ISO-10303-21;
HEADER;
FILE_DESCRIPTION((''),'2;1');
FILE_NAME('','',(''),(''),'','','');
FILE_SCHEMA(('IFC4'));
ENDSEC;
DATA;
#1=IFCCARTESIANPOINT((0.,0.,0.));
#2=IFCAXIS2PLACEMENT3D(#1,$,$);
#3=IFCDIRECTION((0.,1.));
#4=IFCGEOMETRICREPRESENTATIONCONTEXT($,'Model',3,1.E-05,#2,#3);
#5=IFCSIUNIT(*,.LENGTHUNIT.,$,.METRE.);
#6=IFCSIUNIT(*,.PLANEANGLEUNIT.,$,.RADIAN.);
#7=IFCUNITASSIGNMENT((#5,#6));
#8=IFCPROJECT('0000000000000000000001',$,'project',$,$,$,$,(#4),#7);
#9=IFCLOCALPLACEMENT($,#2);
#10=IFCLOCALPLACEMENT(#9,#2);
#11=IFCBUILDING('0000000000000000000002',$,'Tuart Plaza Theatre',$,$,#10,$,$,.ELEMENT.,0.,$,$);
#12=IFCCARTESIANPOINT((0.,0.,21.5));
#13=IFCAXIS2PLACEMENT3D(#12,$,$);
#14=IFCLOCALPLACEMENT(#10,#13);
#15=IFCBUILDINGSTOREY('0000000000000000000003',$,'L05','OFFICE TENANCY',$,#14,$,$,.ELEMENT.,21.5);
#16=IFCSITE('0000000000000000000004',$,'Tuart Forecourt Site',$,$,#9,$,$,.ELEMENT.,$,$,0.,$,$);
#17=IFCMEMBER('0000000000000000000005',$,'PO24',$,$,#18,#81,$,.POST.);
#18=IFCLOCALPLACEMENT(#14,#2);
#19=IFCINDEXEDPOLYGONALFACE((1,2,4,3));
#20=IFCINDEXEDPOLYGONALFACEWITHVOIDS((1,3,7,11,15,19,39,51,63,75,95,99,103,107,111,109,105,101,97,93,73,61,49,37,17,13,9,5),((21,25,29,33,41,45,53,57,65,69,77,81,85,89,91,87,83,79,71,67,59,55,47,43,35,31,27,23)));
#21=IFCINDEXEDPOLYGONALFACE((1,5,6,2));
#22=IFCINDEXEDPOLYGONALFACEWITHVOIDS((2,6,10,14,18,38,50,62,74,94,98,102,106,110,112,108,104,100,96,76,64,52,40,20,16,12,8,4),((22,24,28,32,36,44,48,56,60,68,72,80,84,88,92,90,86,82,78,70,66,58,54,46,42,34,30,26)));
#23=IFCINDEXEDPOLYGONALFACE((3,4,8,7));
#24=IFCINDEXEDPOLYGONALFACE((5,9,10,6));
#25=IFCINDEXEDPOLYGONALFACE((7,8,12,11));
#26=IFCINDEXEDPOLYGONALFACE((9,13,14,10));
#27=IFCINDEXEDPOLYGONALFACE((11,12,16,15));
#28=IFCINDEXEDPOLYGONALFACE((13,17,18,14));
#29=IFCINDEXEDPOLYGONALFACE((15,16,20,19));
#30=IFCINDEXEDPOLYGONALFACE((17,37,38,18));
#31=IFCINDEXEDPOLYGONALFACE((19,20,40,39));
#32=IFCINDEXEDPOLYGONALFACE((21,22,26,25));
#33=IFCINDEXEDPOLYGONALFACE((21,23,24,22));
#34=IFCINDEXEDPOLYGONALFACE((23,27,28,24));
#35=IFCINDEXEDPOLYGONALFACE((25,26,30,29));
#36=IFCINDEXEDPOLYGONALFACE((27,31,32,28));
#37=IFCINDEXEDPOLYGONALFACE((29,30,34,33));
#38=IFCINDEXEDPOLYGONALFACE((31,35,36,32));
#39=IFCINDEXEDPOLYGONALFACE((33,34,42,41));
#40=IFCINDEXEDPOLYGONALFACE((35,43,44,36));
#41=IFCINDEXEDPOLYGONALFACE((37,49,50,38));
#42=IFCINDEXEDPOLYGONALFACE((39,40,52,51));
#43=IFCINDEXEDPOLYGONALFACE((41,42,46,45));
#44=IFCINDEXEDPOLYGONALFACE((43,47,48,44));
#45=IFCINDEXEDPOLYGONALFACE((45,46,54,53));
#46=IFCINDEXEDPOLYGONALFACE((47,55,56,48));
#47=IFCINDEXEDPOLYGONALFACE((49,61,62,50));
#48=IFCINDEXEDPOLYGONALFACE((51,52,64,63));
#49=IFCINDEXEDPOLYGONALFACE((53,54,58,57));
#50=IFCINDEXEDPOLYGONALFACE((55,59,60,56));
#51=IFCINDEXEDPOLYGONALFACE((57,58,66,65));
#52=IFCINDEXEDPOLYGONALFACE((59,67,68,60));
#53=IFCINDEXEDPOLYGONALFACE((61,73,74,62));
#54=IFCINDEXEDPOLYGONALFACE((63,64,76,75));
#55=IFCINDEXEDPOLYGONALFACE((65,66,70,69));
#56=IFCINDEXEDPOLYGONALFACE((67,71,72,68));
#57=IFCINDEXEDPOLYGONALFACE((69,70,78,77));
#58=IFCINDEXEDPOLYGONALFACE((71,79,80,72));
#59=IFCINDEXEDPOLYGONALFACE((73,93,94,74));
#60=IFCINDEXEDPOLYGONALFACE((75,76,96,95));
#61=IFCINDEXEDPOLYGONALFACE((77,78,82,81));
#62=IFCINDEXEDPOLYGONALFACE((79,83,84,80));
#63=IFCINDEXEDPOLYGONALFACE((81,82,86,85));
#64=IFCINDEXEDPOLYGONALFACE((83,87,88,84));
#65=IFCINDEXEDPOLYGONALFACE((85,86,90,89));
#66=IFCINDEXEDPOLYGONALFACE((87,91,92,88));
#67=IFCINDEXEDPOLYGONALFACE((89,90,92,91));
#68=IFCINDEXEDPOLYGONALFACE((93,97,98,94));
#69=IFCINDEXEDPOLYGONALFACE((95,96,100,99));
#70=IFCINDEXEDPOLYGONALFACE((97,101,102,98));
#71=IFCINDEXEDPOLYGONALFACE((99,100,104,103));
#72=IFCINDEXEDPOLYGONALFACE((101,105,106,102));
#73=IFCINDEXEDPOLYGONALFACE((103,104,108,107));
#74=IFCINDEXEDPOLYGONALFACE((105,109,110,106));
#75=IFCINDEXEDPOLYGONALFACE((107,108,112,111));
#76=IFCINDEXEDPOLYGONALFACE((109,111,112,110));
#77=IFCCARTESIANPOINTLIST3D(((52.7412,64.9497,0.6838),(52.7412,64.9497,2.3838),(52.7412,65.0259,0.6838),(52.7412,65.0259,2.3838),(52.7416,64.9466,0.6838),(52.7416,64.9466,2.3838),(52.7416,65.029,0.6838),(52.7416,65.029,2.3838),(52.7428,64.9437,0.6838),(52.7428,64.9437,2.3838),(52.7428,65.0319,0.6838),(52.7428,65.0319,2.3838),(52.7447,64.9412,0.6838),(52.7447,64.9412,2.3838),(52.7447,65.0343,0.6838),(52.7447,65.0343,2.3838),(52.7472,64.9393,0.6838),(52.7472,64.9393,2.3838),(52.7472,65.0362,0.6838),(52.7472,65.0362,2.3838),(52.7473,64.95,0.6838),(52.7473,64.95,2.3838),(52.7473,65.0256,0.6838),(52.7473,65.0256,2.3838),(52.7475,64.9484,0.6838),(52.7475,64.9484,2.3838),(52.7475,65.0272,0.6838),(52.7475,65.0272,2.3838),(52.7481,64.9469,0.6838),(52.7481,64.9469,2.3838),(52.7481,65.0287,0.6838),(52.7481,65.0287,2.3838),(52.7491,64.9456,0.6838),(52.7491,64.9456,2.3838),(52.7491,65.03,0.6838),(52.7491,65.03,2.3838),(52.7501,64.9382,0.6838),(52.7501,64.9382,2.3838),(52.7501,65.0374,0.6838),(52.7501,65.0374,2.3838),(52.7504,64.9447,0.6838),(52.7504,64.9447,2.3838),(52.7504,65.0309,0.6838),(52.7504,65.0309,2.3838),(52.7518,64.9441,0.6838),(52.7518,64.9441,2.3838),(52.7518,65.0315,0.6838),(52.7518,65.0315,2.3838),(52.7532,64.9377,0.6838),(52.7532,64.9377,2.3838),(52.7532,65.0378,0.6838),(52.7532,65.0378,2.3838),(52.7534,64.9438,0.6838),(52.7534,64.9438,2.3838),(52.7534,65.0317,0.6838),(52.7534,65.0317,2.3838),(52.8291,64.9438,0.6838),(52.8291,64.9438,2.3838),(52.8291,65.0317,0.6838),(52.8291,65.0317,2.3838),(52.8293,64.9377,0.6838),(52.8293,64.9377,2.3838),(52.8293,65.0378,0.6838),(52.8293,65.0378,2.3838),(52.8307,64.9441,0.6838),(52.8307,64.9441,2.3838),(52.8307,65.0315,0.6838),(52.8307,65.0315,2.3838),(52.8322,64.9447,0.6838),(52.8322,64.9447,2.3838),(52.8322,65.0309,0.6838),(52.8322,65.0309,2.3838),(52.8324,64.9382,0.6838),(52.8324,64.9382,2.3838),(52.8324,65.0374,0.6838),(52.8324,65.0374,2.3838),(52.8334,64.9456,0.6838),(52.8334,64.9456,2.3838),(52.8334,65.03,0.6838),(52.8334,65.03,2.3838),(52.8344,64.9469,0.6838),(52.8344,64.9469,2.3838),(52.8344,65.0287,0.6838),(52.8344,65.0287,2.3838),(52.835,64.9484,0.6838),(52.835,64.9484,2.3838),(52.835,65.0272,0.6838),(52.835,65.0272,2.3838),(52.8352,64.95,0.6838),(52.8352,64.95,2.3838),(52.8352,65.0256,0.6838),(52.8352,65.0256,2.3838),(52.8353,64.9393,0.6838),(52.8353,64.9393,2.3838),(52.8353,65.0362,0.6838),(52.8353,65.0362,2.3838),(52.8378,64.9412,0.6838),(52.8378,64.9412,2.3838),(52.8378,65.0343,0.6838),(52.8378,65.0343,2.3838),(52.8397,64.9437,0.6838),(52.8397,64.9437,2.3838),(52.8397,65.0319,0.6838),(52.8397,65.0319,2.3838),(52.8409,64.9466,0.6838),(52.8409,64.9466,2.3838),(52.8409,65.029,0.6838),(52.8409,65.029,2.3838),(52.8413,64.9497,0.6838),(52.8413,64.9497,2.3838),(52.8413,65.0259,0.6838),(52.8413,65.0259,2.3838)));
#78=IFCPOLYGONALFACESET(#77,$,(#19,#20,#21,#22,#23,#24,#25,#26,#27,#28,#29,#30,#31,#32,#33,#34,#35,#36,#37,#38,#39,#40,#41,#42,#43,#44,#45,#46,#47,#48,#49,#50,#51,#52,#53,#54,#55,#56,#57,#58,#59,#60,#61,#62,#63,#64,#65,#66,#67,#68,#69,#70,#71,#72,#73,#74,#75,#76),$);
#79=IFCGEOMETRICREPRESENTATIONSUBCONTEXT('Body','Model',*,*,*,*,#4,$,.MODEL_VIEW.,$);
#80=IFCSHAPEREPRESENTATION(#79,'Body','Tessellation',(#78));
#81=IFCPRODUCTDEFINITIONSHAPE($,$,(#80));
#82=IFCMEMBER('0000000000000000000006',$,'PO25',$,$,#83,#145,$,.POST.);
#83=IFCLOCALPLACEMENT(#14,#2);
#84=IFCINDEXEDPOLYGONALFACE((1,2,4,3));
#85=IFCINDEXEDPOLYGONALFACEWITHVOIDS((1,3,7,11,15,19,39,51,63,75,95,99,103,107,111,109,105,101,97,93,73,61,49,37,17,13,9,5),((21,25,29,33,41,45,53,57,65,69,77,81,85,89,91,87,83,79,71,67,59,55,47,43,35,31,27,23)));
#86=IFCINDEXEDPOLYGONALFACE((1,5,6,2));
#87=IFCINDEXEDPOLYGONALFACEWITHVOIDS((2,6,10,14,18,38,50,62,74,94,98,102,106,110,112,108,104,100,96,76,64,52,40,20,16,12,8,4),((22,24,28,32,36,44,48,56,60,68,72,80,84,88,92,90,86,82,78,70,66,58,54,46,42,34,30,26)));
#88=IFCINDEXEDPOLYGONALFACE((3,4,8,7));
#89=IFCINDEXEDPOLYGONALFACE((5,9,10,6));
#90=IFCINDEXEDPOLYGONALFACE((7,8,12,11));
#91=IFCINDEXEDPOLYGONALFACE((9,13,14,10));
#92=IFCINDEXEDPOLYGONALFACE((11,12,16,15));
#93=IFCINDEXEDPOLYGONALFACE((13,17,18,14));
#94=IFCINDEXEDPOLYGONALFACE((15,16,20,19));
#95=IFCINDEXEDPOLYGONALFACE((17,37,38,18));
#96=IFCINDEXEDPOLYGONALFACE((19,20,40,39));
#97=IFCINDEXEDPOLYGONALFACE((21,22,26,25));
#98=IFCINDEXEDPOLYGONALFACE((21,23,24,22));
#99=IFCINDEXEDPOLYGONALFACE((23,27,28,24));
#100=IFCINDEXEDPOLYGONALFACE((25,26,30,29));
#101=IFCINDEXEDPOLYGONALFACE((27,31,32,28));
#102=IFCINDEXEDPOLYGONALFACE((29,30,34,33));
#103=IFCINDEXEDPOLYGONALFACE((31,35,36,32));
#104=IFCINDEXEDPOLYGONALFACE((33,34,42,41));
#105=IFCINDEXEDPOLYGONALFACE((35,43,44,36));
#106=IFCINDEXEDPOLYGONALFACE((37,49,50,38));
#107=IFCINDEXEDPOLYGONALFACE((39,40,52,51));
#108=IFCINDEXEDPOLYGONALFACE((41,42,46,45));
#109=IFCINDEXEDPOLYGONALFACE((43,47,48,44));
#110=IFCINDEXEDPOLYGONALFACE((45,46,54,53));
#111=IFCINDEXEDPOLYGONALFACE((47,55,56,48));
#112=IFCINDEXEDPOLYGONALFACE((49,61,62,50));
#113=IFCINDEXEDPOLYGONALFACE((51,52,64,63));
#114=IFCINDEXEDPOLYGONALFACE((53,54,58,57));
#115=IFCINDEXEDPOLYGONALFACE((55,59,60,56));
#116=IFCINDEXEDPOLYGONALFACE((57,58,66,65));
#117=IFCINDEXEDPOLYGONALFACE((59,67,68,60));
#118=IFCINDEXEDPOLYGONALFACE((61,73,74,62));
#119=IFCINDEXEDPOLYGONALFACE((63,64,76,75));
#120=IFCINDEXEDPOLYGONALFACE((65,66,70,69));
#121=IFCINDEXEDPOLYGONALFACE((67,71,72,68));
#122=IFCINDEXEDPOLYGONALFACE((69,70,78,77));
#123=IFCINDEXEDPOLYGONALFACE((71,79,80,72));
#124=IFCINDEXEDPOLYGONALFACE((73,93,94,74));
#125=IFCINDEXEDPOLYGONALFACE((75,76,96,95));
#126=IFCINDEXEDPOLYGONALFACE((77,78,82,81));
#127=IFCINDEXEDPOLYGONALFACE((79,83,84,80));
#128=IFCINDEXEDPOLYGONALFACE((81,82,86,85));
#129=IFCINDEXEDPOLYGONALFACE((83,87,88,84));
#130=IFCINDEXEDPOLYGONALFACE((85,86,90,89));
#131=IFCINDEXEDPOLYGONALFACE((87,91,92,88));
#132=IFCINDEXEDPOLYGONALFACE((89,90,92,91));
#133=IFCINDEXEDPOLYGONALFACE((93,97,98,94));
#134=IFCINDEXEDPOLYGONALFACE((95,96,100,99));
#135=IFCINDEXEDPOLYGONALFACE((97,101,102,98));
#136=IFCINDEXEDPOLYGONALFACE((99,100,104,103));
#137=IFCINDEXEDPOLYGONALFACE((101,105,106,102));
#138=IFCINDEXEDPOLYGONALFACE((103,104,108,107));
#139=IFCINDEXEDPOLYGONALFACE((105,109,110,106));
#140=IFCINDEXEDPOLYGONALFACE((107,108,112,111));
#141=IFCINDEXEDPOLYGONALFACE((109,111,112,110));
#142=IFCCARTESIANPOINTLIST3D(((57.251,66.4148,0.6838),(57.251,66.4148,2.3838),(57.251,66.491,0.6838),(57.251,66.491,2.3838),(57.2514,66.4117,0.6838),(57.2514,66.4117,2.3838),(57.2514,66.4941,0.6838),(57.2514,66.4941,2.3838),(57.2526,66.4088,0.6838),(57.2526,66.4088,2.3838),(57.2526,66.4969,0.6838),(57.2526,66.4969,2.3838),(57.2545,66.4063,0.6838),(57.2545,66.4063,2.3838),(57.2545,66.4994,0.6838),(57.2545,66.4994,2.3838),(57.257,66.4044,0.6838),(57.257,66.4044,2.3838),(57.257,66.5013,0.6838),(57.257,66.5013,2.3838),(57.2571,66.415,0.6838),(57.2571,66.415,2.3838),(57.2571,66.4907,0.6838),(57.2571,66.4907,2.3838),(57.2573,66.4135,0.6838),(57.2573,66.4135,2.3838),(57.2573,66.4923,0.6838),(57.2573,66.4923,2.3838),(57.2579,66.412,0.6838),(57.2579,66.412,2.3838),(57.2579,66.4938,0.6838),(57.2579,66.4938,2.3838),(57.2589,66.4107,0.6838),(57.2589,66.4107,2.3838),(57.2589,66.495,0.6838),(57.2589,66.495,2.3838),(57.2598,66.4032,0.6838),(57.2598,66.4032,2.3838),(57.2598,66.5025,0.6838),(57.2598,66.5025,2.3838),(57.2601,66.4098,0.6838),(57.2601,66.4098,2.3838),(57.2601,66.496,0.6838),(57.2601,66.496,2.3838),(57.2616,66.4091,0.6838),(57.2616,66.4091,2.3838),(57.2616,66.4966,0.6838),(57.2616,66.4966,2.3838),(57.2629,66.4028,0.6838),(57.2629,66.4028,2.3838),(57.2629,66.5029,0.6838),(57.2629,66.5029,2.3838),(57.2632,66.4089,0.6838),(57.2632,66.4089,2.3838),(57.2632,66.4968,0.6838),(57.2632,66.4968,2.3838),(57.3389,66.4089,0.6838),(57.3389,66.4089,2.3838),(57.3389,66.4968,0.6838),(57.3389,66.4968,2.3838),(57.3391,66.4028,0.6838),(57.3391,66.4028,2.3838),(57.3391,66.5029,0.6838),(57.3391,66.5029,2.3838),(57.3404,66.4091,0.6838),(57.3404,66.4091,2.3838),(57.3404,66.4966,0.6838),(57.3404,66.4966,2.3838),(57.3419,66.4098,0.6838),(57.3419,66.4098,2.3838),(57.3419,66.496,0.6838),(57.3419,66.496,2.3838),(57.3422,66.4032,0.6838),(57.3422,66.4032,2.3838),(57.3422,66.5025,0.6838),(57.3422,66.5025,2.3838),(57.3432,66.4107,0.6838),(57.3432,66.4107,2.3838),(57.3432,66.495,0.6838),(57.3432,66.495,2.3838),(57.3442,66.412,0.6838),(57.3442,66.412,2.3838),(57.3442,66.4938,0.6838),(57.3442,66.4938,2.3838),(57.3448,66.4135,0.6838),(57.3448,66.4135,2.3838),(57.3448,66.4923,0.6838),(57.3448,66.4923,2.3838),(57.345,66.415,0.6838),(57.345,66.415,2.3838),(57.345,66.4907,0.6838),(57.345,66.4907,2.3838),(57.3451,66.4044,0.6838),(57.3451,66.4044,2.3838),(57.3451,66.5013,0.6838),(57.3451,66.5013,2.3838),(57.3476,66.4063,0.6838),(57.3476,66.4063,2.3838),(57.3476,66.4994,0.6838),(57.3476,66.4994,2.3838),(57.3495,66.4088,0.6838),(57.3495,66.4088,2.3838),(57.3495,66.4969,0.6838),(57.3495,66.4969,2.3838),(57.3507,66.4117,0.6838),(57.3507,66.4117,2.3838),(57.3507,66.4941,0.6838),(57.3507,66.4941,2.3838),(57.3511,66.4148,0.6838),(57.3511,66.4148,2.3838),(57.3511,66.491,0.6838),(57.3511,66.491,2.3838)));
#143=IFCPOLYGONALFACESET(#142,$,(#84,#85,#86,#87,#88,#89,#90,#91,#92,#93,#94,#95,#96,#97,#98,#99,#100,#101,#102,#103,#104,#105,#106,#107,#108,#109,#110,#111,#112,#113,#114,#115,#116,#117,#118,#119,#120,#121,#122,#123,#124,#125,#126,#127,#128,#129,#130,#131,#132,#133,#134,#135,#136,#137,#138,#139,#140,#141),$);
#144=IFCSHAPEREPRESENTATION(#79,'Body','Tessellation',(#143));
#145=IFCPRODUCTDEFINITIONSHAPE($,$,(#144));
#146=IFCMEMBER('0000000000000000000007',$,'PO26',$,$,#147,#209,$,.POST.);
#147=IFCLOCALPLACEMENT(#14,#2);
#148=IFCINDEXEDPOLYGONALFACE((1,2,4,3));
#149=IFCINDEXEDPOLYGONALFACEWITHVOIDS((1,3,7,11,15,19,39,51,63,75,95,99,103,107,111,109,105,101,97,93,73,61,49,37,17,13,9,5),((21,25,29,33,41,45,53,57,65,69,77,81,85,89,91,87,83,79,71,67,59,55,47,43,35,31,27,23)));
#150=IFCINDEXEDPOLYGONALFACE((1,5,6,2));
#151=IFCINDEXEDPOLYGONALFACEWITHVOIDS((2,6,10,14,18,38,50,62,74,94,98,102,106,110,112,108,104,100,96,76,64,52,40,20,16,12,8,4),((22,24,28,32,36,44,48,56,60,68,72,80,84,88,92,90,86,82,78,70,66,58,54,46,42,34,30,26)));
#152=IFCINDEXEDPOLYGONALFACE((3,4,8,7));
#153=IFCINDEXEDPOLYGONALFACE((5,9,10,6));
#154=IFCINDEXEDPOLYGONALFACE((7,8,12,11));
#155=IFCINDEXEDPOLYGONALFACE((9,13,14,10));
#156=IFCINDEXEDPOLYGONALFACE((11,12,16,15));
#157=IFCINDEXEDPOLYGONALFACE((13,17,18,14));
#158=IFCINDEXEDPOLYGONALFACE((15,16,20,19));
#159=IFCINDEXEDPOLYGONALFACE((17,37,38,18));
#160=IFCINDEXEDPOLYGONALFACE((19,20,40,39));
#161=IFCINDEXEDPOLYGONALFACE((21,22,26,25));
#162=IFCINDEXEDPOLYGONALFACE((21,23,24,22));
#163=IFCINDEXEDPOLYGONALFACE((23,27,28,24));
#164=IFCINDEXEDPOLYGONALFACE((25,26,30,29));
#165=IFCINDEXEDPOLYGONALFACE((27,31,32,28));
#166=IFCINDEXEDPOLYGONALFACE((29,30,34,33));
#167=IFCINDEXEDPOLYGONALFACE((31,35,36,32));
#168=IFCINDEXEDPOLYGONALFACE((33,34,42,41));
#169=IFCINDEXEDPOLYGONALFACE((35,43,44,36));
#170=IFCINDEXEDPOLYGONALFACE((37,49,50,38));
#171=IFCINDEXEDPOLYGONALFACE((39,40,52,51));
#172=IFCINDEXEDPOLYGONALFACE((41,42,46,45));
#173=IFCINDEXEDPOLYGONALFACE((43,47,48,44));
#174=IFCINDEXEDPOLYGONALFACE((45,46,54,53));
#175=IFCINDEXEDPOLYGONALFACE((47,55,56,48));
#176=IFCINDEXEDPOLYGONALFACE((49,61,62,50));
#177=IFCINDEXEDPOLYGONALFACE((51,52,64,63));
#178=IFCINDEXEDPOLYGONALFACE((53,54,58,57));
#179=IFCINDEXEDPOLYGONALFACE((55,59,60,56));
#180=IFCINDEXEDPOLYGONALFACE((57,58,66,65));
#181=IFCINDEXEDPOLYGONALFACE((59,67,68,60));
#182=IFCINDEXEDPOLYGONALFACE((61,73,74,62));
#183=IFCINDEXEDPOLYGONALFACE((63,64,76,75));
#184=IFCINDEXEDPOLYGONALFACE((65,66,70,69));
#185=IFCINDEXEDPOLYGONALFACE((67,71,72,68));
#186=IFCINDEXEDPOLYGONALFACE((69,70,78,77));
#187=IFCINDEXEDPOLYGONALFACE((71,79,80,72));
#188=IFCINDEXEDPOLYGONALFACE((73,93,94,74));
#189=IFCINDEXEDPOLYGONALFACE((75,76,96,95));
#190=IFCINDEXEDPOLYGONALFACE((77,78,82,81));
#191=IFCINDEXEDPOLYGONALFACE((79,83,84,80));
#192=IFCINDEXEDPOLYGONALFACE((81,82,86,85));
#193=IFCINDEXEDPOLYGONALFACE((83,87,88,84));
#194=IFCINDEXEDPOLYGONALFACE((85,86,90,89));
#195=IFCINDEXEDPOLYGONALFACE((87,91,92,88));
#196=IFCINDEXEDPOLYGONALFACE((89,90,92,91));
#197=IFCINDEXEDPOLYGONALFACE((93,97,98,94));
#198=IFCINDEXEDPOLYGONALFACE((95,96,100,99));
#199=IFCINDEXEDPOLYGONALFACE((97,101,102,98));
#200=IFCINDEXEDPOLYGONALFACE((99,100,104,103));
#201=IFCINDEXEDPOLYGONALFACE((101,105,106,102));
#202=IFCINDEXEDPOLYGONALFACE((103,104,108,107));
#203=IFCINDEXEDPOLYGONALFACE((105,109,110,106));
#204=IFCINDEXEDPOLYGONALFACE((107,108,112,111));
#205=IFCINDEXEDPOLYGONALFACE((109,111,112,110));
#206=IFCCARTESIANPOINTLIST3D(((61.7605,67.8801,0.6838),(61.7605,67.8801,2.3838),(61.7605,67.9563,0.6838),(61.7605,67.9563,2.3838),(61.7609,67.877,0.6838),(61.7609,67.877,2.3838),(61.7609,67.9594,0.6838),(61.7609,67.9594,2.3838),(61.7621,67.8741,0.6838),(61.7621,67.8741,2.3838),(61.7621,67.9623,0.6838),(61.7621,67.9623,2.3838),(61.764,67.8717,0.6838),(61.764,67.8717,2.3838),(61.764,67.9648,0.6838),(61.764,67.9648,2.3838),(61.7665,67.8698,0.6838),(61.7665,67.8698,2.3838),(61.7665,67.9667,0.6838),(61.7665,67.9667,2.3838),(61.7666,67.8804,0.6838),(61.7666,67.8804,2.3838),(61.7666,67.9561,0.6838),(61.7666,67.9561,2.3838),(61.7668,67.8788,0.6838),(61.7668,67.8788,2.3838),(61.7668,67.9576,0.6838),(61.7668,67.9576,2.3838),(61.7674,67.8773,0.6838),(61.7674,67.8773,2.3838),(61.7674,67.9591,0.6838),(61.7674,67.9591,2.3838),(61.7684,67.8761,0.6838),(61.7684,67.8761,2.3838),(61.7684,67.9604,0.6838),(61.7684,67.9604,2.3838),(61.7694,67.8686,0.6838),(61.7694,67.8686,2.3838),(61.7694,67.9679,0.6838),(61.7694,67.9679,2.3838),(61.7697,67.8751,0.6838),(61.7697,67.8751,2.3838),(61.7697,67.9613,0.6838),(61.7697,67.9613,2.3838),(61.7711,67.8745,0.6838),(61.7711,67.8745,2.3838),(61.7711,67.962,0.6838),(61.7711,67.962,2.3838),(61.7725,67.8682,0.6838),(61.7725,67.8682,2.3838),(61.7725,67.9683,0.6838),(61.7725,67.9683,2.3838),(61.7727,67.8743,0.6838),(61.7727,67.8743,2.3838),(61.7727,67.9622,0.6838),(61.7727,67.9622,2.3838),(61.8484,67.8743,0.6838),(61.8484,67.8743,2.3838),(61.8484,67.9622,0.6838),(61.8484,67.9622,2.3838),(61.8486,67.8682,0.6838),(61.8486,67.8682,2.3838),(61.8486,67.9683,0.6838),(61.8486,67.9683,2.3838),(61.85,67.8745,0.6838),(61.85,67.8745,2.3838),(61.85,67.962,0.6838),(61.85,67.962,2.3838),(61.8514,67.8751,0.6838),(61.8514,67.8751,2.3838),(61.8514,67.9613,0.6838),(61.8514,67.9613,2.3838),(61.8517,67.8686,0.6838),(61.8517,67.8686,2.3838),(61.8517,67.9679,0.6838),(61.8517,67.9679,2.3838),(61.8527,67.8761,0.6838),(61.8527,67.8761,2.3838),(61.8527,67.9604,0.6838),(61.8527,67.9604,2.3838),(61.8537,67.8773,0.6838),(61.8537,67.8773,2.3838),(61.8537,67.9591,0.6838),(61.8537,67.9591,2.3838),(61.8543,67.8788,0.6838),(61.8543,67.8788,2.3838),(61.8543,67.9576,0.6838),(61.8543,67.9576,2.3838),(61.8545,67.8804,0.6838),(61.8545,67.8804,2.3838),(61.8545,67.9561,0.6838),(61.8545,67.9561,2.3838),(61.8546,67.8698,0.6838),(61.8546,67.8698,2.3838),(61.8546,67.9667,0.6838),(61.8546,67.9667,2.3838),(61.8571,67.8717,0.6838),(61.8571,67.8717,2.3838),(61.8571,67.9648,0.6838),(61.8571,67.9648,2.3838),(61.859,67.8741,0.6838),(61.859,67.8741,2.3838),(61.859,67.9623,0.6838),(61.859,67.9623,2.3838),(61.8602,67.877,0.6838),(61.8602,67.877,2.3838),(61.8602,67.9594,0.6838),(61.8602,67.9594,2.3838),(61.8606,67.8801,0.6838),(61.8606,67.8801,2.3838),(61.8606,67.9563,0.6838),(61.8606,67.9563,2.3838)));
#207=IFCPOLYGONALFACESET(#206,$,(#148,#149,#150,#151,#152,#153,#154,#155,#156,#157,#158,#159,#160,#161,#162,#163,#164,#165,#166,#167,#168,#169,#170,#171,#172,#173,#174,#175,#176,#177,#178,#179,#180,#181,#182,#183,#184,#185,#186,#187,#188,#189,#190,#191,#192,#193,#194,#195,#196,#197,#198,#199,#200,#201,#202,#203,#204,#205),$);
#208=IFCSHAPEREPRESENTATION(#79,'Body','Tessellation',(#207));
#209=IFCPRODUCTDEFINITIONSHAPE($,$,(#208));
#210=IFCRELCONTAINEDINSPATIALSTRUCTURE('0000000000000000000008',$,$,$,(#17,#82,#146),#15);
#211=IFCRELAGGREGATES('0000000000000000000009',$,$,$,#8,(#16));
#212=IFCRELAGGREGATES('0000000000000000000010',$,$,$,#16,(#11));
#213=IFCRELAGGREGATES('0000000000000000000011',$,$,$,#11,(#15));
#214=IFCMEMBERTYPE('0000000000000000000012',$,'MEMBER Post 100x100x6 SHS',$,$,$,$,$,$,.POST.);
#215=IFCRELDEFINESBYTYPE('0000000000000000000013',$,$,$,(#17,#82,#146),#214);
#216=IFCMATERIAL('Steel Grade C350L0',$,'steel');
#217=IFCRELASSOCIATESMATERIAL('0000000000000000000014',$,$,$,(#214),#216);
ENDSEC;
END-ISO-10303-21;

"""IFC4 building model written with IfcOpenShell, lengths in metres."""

from ifc_helpers import new_model, si_unit, direction, frame, origin, origin_2d, place, context, subcontext, project, spatial, hollow_rectangle, extrude, material, material_profile, profile_set, type_object, element, save


model = new_model("IFC4")

# Units and contexts
model_context = context("Model", 3, precision=1e-05, world=origin(), true_north=direction((0.0, 1.0)))
body_context = subcontext(model_context, "Body", "Model", "MODEL_VIEW")
ifc_project = project(units=[si_unit("LENGTHUNIT", "METRE"), si_unit("PLANEANGLEUNIT", "RADIAN")], contexts=[model_context])

# Site, building, storey
site_placement = place(None, origin())
site = spatial("IfcSite", under=ifc_project, at=site_placement, Name="Tuart Forecourt Site", CompositionType="ELEMENT", RefElevation=0.0)
building_placement = place(site_placement, origin())
building = spatial("IfcBuilding", under=site, at=building_placement, Name="Tuart Plaza Theatre", CompositionType="ELEMENT", ElevationOfRefHeight=0.0)
storey_placement = place(building_placement, frame((0.0, 0.0, 21.5)))
storey = spatial("IfcBuildingStorey", under=building, at=storey_placement, Name="L05", Description="OFFICE TENANCY", CompositionType="ELEMENT", Elevation=21.5)

# Members
ifc_material_1 = material(Name="Steel Grade C350L0", Category="steel")
ifc_material_profile_1 = material_profile(ifc_material_1, hollow_rectangle(XDim=0.1001, YDim=0.1001, WallThickness=0.0061, InnerFilletRadius=0.0061, OuterFilletRadius=0.012, at=origin_2d()), Name="100x100x6 SHS")
ifc_profile_set_1 = profile_set([ifc_material_profile_1], Name="Steel Grade C350L0")
member_type_1 = type_object("IfcMemberType", Name="MEMBER Post 100x100x6 SHS", PredefinedType="POST", material=ifc_profile_set_1)
for number, where, z_axis, x_axis, name in (
    (1, (52.7913, 64.9878, 0.6838), (0.0, 0.0, 1.0), (1.0, 0.0, 0.0), "PO24"),
    (2, (57.301, 66.4529, 0.6838), (0.0, 0.0, 1.0), (1.0, 0.0, 0.0), "PO25"),
    (3, (61.8105, 67.9182, 0.6838), (0.0, 0.0, 1.0), (1.0, 0.0, 0.0), "PO26"),
):
    element("IfcMember", number, at=place(storey_placement, frame(where, z_axis=z_axis, x_axis=x_axis)), inside=storey, type_object=member_type_1, Name=name, PredefinedType="POST", context=body_context, shape_type="SweptSolid", body=[
        extrude(hollow_rectangle(XDim=0.1001, YDim=0.1001, WallThickness=0.0061, InnerFilletRadius=0.0061, OuterFilletRadius=0.012, at=origin_2d()), origin(), (0.0, 0.0, 1.0), 1.7),
    ])

save(model, "model.ifc")
